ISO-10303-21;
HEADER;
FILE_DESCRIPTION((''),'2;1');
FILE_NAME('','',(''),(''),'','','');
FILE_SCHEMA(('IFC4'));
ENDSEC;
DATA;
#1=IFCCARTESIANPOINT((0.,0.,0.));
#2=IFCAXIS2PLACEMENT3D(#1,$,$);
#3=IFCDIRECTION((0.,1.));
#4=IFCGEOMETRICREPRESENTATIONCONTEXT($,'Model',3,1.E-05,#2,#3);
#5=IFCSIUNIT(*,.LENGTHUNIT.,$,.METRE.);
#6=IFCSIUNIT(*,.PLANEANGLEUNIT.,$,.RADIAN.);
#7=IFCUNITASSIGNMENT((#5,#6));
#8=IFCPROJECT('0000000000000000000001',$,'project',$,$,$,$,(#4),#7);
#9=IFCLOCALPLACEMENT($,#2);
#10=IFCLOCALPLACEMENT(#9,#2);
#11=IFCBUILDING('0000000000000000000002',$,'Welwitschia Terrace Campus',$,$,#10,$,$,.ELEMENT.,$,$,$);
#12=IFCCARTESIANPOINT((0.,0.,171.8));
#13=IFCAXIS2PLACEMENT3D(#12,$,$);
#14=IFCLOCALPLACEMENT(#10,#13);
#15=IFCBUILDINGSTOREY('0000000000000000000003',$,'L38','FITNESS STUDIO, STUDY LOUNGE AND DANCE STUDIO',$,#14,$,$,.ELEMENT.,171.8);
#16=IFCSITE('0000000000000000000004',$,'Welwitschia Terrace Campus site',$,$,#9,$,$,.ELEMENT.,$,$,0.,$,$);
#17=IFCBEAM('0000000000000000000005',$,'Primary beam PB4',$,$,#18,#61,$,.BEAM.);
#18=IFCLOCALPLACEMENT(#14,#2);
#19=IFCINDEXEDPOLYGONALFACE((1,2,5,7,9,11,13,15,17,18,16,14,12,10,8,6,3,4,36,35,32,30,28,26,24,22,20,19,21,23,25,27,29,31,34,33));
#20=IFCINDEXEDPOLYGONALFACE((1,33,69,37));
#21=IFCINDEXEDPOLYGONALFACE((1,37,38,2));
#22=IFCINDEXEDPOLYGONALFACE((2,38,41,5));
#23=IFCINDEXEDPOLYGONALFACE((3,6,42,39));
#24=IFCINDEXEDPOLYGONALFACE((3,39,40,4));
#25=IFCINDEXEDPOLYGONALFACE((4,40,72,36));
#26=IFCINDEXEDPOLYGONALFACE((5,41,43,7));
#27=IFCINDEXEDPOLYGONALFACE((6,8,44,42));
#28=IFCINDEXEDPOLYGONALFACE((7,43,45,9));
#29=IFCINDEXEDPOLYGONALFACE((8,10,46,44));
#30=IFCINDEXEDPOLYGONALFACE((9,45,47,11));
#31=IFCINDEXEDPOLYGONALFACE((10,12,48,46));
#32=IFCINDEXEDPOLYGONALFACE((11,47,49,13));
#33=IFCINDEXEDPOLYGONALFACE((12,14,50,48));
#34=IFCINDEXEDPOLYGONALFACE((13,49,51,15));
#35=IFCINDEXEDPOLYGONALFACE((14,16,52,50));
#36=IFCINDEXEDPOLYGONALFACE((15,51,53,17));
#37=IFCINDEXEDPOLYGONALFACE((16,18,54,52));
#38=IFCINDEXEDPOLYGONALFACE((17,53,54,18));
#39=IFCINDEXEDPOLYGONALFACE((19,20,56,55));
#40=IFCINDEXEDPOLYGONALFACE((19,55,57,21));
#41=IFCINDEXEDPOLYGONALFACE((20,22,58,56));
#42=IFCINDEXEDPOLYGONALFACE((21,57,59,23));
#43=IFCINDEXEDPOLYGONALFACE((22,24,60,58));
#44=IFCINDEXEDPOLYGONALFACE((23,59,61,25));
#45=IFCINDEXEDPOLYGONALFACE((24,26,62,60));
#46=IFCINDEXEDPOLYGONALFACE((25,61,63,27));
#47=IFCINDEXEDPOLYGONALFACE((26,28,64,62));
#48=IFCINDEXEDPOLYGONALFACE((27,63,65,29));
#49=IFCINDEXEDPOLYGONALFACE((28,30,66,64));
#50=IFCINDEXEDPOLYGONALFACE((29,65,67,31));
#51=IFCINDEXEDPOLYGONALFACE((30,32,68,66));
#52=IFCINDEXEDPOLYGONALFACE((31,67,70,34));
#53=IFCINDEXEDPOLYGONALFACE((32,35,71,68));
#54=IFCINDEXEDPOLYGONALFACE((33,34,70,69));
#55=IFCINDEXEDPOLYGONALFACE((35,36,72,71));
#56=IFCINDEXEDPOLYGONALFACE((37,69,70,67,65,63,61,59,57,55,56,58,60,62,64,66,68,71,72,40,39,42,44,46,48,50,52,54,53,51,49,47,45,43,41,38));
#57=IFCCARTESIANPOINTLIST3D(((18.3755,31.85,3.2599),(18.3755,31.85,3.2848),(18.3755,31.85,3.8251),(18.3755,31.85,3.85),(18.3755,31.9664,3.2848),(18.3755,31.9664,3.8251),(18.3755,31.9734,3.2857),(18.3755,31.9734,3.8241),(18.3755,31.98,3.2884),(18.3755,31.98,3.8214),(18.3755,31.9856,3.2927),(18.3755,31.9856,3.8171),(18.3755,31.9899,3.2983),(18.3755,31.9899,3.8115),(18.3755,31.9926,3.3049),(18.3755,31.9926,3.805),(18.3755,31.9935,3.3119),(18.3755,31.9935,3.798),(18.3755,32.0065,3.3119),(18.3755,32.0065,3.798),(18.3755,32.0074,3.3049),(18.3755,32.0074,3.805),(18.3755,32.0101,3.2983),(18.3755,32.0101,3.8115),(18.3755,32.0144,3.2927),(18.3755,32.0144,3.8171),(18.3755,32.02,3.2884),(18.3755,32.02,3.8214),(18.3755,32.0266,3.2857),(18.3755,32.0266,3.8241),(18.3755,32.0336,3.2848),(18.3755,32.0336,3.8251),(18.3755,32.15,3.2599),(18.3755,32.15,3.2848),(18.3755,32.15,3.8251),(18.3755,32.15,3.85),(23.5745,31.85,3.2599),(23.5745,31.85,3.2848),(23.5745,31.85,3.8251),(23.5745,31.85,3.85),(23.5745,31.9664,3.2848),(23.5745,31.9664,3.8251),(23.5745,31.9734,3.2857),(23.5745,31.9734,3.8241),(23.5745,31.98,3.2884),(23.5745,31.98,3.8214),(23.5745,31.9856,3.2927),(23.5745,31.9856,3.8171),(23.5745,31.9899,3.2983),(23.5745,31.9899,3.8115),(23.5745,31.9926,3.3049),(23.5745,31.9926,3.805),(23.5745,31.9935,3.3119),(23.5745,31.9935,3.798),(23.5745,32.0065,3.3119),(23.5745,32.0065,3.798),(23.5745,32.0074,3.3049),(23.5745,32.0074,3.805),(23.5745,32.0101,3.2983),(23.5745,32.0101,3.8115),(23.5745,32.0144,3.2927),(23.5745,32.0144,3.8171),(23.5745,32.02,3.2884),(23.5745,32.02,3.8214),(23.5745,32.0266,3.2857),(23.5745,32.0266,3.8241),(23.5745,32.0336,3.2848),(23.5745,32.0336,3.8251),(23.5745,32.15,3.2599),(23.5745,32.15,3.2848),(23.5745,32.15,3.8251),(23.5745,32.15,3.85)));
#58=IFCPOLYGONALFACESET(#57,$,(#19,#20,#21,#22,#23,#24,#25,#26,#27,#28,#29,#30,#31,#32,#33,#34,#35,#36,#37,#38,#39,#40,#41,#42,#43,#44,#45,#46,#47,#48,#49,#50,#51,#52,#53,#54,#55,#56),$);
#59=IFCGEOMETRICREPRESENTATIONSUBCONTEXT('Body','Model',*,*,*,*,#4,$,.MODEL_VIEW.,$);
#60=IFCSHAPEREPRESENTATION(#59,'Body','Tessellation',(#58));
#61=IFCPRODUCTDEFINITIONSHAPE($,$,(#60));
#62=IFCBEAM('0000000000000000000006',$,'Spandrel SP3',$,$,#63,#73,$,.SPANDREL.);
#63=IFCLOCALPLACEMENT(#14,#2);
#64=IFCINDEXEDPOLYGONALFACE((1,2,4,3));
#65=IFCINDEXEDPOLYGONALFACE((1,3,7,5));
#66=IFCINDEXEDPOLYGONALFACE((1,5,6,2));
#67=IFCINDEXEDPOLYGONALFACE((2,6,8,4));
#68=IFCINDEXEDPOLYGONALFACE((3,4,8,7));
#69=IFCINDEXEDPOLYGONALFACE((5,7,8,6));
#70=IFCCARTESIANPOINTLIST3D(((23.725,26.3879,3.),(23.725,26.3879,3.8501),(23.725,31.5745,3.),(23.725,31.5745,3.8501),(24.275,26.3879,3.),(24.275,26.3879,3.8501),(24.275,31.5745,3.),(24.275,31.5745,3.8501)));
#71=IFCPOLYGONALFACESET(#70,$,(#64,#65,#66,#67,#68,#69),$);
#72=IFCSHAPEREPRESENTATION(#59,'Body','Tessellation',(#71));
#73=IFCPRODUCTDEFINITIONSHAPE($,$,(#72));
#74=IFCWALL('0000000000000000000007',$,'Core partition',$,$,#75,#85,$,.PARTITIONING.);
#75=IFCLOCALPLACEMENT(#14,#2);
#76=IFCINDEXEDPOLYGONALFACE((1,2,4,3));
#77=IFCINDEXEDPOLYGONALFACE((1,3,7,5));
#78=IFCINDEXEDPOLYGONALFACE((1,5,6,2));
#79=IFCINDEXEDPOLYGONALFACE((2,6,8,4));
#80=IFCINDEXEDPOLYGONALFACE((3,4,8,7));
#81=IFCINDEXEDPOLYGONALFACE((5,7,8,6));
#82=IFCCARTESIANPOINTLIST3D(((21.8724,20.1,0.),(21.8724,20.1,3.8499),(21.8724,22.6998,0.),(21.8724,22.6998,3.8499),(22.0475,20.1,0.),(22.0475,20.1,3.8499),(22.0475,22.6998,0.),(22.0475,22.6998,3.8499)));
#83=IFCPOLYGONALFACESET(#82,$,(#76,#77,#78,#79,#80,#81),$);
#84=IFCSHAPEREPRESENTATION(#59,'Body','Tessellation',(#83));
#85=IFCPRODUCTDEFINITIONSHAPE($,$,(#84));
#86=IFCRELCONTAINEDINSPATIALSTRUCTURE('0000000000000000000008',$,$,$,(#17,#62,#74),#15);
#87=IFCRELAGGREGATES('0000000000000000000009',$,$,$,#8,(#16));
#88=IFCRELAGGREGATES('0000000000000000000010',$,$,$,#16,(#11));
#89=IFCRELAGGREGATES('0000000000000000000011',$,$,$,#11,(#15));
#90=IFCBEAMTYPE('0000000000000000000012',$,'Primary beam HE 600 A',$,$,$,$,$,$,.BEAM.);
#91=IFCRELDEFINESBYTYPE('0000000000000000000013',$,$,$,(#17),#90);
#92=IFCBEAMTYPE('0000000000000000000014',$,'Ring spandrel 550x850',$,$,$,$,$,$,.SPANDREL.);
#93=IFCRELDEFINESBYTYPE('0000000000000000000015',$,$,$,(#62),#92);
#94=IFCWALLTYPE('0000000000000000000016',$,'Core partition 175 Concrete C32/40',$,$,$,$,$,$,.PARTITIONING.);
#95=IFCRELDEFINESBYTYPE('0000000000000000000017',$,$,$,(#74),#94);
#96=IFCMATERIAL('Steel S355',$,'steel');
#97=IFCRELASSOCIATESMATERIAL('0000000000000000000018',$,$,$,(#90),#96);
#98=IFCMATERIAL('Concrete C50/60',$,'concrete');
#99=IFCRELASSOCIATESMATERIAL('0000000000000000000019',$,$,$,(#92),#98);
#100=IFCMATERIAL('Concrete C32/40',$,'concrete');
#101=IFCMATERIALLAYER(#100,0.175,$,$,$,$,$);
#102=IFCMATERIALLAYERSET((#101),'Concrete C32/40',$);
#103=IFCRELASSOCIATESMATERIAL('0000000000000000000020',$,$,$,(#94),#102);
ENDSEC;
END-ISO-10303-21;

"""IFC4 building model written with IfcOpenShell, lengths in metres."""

from ifc_helpers import new_model, si_unit, direction, frame, frame_2d, origin, origin_2d, place, context, subcontext, project, spatial, rectangle, i_section, extrude, material, layer, layer_set, material_profile, profile_set, type_object, element, save


model = new_model("IFC4")

# Units and contexts
model_context = context("Model", 3, precision=1e-05, world=origin(), true_north=direction((0.0, 1.0)))
body_context = subcontext(model_context, "Body", "Model", "MODEL_VIEW")
ifc_project = project(units=[si_unit("LENGTHUNIT", "METRE"), si_unit("PLANEANGLEUNIT", "RADIAN")], contexts=[model_context])

# Site, building, storey
site_placement = place(None, origin())
site = spatial("IfcSite", under=ifc_project, at=site_placement, Name="Welwitschia Terrace Campus site", CompositionType="ELEMENT", RefElevation=0.0)
building_placement = place(site_placement, origin())
building = spatial("IfcBuilding", under=site, at=building_placement, Name="Welwitschia Terrace Campus", CompositionType="ELEMENT")
storey_placement = place(building_placement, frame((0.0, 0.0, 171.8)))
storey = spatial("IfcBuildingStorey", under=building, at=storey_placement, Name="L38", Description="FITNESS STUDIO, STUDY LOUNGE AND DANCE STUDIO", CompositionType="ELEMENT", Elevation=171.8)

# Beams
ifc_material_1 = material(Name="Steel S355", Category="steel")
ifc_material_profile_1 = material_profile(ifc_material_1, i_section(OverallWidth=0.3, OverallDepth=0.5901, WebThickness=0.0129, FlangeThickness=0.0249, FilletRadius=0.0271, at=origin_2d()))
ifc_profile_set_1 = profile_set([ifc_material_profile_1], Name="Steel S355")
beam_type_1 = type_object("IfcBeamType", Name="Primary beam HE 600 A", PredefinedType="BEAM", material=ifc_profile_set_1)
beam_1_placement = place(storey_placement, frame((23.5745, 32.0, 3.5549), z_axis=(-1.0, 0.0, 0.0), x_axis=(0.0, -1.0, 0.0)))
element("IfcBeam", 1, at=beam_1_placement, inside=storey, type_object=beam_type_1, Name="Primary beam PB4", PredefinedType="BEAM", context=body_context, shape_type="SweptSolid", body=[
    extrude(i_section(OverallWidth=0.3, OverallDepth=0.5901, WebThickness=0.0129, FlangeThickness=0.0249, FilletRadius=0.0271, at=origin_2d()), origin(), (0.0, 0.0, 1.0), 5.199),
])
ifc_material_2 = material(Name="Concrete C50/60", Category="concrete")
ifc_material_profile_2 = material_profile(ifc_material_2, rectangle(XDim=0.55, YDim=0.8501, at=origin_2d()))
ifc_profile_set_2 = profile_set([ifc_material_profile_2], Name="Concrete C50/60")
beam_type_2 = type_object("IfcBeamType", Name="Ring spandrel 550x850", PredefinedType="SPANDREL", material=ifc_profile_set_2)
beam_2_placement = place(storey_placement, frame((24.0, 26.3879, 3.425), z_axis=(0.0, 1.0, 0.0), x_axis=(-1.0, 0.0, 0.0)))
element("IfcBeam", 2, at=beam_2_placement, inside=storey, type_object=beam_type_2, Name="Spandrel SP3", PredefinedType="SPANDREL", context=body_context, shape_type="SweptSolid", body=[
    extrude(rectangle(XDim=0.55, YDim=0.8501, at=origin_2d()), origin(), (0.0, 0.0, 1.0), 5.1865),
])

# Wall
ifc_material_3 = material(Name="Concrete C32/40", Category="concrete")
ifc_layer_1 = layer(ifc_material_3, 0.175)
ifc_layer_set_1 = layer_set([ifc_layer_1], Name="Concrete C32/40")
wall_type_1 = type_object("IfcWallType", Name="Core partition 175 Concrete C32/40", PredefinedType="PARTITIONING", material=ifc_layer_set_1)
wall_1_placement = place(storey_placement, frame((21.96, 20.1001, 0.0), z_axis=(0.0, 0.0, 1.0), x_axis=(0.0, 1.0, 0.0)))
element("IfcWall", 3, at=wall_1_placement, inside=storey, type_object=wall_type_1, Name="Core partition", PredefinedType="PARTITIONING", context=body_context, shape_type="SweptSolid", body=[
    extrude(rectangle(XDim=2.5999, YDim=0.175, at=frame_2d((1.2998, 0.0))), origin(), (0.0, 0.0, 1.0), 3.8499),
])

save(model, "model.ifc")
